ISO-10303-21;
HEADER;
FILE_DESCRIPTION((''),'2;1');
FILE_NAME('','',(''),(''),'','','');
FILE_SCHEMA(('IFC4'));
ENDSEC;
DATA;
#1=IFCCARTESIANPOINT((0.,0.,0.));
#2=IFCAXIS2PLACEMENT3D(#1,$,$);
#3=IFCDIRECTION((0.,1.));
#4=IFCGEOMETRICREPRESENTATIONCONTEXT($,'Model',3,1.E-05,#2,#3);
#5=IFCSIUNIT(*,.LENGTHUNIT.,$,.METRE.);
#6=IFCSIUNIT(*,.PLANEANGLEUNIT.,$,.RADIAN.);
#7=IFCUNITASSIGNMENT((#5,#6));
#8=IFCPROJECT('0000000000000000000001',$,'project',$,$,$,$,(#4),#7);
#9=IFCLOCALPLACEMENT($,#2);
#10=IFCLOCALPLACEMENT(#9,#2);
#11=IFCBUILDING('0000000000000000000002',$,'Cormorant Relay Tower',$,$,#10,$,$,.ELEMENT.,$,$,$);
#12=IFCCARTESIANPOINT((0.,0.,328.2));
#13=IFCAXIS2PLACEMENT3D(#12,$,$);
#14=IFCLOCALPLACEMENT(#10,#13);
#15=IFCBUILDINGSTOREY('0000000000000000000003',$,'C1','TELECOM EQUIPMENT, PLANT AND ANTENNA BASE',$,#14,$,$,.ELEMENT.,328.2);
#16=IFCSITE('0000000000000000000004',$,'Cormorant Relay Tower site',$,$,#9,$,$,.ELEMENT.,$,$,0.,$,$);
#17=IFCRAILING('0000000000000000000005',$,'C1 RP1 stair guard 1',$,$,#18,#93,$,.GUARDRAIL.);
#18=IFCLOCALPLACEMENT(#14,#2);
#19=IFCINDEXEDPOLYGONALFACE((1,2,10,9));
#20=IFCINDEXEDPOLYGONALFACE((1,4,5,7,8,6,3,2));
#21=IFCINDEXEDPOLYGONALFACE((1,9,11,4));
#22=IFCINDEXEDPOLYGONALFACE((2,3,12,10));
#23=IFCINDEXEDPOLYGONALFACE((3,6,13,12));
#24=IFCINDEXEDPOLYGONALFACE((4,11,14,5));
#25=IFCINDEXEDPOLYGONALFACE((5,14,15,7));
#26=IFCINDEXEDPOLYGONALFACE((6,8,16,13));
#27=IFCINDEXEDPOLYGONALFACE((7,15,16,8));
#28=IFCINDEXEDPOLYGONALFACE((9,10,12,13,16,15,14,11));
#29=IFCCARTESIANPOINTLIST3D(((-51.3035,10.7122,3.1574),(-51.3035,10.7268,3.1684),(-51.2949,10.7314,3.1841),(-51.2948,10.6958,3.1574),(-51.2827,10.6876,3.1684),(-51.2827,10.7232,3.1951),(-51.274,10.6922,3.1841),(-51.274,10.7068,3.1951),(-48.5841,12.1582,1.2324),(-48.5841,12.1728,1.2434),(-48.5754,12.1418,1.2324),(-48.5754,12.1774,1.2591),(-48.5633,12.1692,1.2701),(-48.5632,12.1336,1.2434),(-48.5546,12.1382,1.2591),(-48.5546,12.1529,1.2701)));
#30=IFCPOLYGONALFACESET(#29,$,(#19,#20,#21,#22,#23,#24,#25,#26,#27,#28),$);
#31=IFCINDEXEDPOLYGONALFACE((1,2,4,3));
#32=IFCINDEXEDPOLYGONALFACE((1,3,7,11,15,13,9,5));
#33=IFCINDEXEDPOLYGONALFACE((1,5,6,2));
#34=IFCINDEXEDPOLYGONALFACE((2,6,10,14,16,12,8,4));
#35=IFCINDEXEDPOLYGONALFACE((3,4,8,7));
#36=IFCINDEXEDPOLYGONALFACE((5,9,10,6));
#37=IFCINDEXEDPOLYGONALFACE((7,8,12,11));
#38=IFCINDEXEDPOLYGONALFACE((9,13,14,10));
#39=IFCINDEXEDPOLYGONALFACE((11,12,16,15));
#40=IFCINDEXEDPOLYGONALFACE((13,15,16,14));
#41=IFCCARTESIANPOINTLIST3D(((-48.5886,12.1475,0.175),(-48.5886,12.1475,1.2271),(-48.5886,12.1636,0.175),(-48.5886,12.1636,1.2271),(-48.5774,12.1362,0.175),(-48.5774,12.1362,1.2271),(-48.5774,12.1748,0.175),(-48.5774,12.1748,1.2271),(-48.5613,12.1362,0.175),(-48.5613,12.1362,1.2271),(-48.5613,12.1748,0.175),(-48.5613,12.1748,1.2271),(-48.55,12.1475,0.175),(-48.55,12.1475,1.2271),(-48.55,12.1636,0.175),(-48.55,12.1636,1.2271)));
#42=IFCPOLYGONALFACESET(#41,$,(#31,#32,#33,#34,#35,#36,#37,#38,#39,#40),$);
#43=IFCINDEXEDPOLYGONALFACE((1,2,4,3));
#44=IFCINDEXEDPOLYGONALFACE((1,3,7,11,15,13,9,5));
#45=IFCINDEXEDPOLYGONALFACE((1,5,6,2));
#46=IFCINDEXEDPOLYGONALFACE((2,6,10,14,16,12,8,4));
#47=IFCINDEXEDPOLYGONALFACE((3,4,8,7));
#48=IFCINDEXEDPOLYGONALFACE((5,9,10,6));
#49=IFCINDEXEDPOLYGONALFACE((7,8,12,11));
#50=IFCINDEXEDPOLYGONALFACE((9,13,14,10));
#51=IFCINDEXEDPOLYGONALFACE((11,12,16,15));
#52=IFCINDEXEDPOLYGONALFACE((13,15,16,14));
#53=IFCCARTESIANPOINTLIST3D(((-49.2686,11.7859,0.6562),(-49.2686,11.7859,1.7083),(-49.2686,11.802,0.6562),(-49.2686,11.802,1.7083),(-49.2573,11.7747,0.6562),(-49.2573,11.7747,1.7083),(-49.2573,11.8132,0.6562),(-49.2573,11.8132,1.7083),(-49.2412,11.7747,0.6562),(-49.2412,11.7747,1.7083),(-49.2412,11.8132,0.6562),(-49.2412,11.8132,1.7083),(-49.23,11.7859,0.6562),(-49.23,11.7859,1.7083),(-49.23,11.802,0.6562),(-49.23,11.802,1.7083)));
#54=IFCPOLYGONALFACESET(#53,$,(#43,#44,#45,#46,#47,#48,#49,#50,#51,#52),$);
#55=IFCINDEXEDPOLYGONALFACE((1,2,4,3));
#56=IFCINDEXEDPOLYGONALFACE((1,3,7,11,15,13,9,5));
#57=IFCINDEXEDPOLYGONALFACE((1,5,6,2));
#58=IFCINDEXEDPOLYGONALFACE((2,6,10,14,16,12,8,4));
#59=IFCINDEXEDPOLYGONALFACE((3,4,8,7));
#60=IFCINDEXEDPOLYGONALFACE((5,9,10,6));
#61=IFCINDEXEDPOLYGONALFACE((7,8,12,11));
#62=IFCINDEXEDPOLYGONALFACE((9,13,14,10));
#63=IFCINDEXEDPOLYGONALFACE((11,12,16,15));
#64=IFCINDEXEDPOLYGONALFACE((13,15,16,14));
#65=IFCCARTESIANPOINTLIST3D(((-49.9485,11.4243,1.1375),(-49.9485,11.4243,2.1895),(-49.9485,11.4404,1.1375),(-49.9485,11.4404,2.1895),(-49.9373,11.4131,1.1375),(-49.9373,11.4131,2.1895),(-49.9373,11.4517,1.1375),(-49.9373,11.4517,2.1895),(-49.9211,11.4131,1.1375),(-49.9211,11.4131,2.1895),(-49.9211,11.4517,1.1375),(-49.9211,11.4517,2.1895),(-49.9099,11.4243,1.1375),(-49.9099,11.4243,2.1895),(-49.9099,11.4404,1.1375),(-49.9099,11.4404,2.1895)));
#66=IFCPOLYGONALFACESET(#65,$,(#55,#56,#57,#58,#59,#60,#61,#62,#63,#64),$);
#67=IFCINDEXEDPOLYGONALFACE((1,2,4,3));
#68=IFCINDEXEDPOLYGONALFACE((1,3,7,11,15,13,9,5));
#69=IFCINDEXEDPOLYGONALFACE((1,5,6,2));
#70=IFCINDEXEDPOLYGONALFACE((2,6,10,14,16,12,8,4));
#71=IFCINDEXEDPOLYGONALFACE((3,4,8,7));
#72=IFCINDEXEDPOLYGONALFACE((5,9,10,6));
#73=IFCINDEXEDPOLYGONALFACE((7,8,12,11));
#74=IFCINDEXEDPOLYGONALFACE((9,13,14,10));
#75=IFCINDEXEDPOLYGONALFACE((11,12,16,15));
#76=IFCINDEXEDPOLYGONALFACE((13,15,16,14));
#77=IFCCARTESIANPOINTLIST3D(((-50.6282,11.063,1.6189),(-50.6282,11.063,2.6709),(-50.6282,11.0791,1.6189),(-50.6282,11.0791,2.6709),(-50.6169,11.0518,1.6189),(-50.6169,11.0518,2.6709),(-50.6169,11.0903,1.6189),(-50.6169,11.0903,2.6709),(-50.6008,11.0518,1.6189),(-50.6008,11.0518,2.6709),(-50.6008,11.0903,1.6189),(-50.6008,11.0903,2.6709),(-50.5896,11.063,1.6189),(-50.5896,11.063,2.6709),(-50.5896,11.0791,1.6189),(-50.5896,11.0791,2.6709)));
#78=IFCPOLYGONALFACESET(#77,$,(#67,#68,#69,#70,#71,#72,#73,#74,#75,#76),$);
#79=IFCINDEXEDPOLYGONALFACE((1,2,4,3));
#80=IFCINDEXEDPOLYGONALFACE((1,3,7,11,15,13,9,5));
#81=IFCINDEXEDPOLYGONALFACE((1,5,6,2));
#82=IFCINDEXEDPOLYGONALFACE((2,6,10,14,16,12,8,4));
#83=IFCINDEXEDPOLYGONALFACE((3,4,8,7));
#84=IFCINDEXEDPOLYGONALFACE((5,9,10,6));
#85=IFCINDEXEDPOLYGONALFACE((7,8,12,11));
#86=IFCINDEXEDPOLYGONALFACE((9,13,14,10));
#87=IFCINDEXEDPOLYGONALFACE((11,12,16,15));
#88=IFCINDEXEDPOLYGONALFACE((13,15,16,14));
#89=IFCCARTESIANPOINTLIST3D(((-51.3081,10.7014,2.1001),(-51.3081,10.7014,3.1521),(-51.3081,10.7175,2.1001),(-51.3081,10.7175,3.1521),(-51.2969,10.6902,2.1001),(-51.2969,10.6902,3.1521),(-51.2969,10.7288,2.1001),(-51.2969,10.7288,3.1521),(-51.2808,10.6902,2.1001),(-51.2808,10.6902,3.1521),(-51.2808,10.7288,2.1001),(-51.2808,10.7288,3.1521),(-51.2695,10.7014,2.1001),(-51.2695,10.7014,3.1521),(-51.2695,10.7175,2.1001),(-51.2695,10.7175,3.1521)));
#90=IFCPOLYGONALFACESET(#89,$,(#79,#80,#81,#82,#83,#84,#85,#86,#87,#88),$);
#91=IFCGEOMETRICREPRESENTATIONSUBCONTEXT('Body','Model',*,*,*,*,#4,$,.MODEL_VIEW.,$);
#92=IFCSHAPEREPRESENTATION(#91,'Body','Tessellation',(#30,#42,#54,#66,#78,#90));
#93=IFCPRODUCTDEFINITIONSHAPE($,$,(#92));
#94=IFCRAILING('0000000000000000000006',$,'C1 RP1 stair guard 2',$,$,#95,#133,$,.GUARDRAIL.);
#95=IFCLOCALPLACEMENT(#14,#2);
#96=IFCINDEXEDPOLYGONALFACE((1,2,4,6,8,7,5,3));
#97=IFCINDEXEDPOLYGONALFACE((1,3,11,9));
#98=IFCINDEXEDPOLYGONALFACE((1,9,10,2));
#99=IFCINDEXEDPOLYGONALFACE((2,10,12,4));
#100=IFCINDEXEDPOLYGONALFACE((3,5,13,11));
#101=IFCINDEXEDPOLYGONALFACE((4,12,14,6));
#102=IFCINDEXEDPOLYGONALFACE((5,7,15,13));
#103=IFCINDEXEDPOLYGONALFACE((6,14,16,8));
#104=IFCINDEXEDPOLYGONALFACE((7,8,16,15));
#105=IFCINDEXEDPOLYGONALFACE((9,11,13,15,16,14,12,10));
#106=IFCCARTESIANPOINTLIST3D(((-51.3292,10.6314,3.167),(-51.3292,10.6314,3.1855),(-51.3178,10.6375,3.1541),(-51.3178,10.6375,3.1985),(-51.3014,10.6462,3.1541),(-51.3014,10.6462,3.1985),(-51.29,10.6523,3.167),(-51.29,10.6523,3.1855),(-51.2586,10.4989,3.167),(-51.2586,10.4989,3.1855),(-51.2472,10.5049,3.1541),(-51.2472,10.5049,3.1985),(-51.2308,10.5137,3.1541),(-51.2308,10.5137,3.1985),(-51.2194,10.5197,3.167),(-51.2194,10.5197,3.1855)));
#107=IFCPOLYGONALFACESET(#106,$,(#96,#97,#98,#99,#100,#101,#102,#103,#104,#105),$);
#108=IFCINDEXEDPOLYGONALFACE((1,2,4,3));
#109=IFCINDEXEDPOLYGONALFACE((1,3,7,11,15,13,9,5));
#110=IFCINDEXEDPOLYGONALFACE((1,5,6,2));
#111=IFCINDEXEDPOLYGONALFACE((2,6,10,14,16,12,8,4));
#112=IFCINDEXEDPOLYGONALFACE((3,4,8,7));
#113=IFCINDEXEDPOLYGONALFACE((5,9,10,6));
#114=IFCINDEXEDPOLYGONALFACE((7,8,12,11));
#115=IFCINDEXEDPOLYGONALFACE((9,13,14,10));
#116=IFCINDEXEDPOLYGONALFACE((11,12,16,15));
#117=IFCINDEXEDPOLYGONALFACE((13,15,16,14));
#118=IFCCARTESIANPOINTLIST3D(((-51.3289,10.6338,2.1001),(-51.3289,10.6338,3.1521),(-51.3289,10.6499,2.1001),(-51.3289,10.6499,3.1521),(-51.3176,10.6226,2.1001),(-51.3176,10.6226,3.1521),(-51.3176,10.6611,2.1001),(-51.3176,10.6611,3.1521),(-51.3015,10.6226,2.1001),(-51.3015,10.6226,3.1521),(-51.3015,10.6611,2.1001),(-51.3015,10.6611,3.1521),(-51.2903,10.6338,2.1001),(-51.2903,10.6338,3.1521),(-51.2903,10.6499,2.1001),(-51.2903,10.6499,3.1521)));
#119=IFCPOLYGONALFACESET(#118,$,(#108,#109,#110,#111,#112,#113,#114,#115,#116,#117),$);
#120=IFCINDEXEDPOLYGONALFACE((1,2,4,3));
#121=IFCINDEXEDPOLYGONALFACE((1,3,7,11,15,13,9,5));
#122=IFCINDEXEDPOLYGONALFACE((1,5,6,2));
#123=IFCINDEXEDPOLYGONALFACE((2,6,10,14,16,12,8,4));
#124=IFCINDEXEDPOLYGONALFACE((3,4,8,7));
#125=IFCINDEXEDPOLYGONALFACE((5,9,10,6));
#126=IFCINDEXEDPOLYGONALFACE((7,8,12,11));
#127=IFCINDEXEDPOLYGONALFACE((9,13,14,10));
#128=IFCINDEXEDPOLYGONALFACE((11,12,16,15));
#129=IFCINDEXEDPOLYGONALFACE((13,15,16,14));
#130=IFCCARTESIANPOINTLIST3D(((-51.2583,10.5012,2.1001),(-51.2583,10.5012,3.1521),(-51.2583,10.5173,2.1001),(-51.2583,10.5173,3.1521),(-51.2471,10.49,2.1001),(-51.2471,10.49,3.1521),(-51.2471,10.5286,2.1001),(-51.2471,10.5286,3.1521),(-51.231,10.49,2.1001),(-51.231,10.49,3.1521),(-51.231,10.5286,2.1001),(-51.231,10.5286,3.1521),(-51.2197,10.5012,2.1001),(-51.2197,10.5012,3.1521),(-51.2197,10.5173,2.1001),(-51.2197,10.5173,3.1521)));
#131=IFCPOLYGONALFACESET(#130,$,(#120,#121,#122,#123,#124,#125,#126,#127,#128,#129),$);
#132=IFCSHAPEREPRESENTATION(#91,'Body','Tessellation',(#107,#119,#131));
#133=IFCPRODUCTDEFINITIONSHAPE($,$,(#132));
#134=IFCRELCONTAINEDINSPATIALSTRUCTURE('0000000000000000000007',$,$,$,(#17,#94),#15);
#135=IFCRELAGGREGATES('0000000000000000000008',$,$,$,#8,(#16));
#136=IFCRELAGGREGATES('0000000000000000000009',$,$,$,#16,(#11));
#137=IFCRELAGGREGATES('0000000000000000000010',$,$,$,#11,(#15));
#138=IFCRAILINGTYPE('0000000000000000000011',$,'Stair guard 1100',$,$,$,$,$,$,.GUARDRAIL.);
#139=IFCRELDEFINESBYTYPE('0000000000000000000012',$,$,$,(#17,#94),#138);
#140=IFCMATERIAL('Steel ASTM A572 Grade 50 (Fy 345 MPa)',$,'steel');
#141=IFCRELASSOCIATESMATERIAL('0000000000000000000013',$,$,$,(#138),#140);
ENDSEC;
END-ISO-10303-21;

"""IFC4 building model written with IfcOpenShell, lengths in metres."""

from ifc_helpers import new_model, si_unit, direction, frame, origin, place, context, subcontext, project, spatial, polyline, outline, extrude, material, type_object, element, save


model = new_model("IFC4")

# Units and contexts
model_context = context("Model", 3, precision=1e-05, world=origin(), true_north=direction((0.0, 1.0)))
body_context = subcontext(model_context, "Body", "Model", "MODEL_VIEW")
ifc_project = project(units=[si_unit("LENGTHUNIT", "METRE"), si_unit("PLANEANGLEUNIT", "RADIAN")], contexts=[model_context])

# Site, building, storey
site_placement = place(None, origin())
site = spatial("IfcSite", under=ifc_project, at=site_placement, Name="Cormorant Relay Tower site", CompositionType="ELEMENT", RefElevation=0.0)
building_placement = place(site_placement, origin())
building = spatial("IfcBuilding", under=site, at=building_placement, Name="Cormorant Relay Tower", CompositionType="ELEMENT")
storey_placement = place(building_placement, frame((0.0, 0.0, 328.2)))
storey = spatial("IfcBuildingStorey", under=building, at=storey_placement, Name="C1", Description="TELECOM EQUIPMENT, PLANT AND ANTENNA BASE", CompositionType="ELEMENT", Elevation=328.2)

# Railings
ifc_material_1 = material(Name="Steel ASTM A572 Grade 50 (Fy 345 MPa)", Category="steel")
railing_type_1 = type_object("IfcRailingType", Name="Stair guard 1100", PredefinedType="GUARDRAIL", material=ifc_material_1)
railing_1_placement = place(storey_placement, frame((-48.5693, 12.1555, 0.175)))
element("IfcRailing", 1, at=railing_1_placement, inside=storey, type_object=railing_type_1, Name="C1 RP1 stair guard 1", PredefinedType="GUARDRAIL", context=body_context, shape_type="SweptSolid", body=[
    extrude(outline(polyline([(0.0222, 0.0093), (0.0093, 0.0222), (-0.0093, 0.0222), (-0.0222, 0.0093), (-0.0222, -0.0093), (-0.0093, -0.0222), (0.0093, -0.0222), (0.0222, -0.0093), (0.0222, 0.0093)])), frame((0.0, 0.0, 1.0762), z_axis=(-0.748727, -0.398125, 0.530004), x_axis=(0.469489, -0.882938, 0.0)), (0.0, 0.0, 1.0), 3.6321),
    extrude(outline(polyline([(0.0193, 0.0081), (0.0081, 0.0193), (-0.0081, 0.0193), (-0.0193, 0.0081), (-0.0193, -0.0081), (-0.0081, -0.0193), (0.0081, -0.0193), (0.0193, -0.0081), (0.0193, 0.0081)])), origin(), (0.0, 0.0, 1.0), 1.052),
    extrude(outline(polyline([(0.0193, 0.0081), (0.0081, 0.0193), (-0.0081, 0.0193), (-0.0193, 0.0081), (-0.0193, -0.0081), (-0.0081, -0.0193), (0.0081, -0.0193), (0.0193, -0.0081), (0.0193, 0.0081)])), frame((-0.6799, -0.3616, 0.4812)), (0.0, 0.0, 1.0), 1.052),
    extrude(outline(polyline([(0.0193, 0.0081), (0.0081, 0.0193), (-0.0081, 0.0193), (-0.0193, 0.0081), (-0.0193, -0.0081), (-0.0081, -0.0193), (0.0081, -0.0193), (0.0193, -0.0081), (0.0193, 0.0081)])), frame((-1.3599, -0.7231, 0.9624)), (0.0, 0.0, 1.0), 1.052),
    extrude(outline(polyline([(0.0193, 0.0081), (0.0081, 0.0193), (-0.0081, 0.0193), (-0.0193, 0.0081), (-0.0193, -0.0081), (-0.0081, -0.0193), (0.0081, -0.0193), (0.0193, -0.0081), (0.0193, 0.0081)])), frame((-2.0396, -1.0845, 1.4438)), (0.0, 0.0, 1.0), 1.052),
    extrude(outline(polyline([(0.0193, 0.0081), (0.0081, 0.0193), (-0.0081, 0.0193), (-0.0193, 0.0081), (-0.0193, -0.0081), (-0.0081, -0.0193), (0.0081, -0.0193), (0.0193, -0.0081), (0.0193, 0.0081)])), frame((-2.7195, -1.446, 1.925)), (0.0, 0.0, 1.0), 1.052),
])
railing_2_placement = place(storey_placement, frame((-51.3096, 10.6418, 2.1001)))
element("IfcRailing", 2, at=railing_2_placement, inside=storey, type_object=railing_type_1, Name="C1 RP1 stair guard 2", PredefinedType="GUARDRAIL", context=body_context, shape_type="SweptSolid", body=[
    extrude(outline(polyline([(0.0222, 0.0093), (0.0093, 0.0222), (-0.0093, 0.0222), (-0.0222, 0.0093), (-0.0222, -0.0093), (-0.0093, -0.0222), (0.0093, -0.0222), (0.0222, -0.0093), (0.0222, 0.0093)])), frame((0.0, 0.0, 1.0762), z_axis=(0.469829, -0.882758, 0.0), x_axis=(0.882758, 0.469829, 0.0)), (0.0, 0.0, 1.0), 0.1501),
    extrude(outline(polyline([(0.0193, 0.0081), (0.0081, 0.0193), (-0.0081, 0.0193), (-0.0193, 0.0081), (-0.0193, -0.0081), (-0.0081, -0.0193), (0.0081, -0.0193), (0.0193, -0.0081), (0.0193, 0.0081)])), origin(), (0.0, 0.0, 1.0), 1.052),
    extrude(outline(polyline([(0.0193, 0.0081), (0.0081, 0.0193), (-0.0081, 0.0193), (-0.0193, 0.0081), (-0.0193, -0.0081), (-0.0081, -0.0193), (0.0081, -0.0193), (0.0193, -0.0081), (0.0193, 0.0081)])), frame((0.0706, -0.1326, 0.0)), (0.0, 0.0, 1.0), 1.052),
])

save(model, "model.ifc")
